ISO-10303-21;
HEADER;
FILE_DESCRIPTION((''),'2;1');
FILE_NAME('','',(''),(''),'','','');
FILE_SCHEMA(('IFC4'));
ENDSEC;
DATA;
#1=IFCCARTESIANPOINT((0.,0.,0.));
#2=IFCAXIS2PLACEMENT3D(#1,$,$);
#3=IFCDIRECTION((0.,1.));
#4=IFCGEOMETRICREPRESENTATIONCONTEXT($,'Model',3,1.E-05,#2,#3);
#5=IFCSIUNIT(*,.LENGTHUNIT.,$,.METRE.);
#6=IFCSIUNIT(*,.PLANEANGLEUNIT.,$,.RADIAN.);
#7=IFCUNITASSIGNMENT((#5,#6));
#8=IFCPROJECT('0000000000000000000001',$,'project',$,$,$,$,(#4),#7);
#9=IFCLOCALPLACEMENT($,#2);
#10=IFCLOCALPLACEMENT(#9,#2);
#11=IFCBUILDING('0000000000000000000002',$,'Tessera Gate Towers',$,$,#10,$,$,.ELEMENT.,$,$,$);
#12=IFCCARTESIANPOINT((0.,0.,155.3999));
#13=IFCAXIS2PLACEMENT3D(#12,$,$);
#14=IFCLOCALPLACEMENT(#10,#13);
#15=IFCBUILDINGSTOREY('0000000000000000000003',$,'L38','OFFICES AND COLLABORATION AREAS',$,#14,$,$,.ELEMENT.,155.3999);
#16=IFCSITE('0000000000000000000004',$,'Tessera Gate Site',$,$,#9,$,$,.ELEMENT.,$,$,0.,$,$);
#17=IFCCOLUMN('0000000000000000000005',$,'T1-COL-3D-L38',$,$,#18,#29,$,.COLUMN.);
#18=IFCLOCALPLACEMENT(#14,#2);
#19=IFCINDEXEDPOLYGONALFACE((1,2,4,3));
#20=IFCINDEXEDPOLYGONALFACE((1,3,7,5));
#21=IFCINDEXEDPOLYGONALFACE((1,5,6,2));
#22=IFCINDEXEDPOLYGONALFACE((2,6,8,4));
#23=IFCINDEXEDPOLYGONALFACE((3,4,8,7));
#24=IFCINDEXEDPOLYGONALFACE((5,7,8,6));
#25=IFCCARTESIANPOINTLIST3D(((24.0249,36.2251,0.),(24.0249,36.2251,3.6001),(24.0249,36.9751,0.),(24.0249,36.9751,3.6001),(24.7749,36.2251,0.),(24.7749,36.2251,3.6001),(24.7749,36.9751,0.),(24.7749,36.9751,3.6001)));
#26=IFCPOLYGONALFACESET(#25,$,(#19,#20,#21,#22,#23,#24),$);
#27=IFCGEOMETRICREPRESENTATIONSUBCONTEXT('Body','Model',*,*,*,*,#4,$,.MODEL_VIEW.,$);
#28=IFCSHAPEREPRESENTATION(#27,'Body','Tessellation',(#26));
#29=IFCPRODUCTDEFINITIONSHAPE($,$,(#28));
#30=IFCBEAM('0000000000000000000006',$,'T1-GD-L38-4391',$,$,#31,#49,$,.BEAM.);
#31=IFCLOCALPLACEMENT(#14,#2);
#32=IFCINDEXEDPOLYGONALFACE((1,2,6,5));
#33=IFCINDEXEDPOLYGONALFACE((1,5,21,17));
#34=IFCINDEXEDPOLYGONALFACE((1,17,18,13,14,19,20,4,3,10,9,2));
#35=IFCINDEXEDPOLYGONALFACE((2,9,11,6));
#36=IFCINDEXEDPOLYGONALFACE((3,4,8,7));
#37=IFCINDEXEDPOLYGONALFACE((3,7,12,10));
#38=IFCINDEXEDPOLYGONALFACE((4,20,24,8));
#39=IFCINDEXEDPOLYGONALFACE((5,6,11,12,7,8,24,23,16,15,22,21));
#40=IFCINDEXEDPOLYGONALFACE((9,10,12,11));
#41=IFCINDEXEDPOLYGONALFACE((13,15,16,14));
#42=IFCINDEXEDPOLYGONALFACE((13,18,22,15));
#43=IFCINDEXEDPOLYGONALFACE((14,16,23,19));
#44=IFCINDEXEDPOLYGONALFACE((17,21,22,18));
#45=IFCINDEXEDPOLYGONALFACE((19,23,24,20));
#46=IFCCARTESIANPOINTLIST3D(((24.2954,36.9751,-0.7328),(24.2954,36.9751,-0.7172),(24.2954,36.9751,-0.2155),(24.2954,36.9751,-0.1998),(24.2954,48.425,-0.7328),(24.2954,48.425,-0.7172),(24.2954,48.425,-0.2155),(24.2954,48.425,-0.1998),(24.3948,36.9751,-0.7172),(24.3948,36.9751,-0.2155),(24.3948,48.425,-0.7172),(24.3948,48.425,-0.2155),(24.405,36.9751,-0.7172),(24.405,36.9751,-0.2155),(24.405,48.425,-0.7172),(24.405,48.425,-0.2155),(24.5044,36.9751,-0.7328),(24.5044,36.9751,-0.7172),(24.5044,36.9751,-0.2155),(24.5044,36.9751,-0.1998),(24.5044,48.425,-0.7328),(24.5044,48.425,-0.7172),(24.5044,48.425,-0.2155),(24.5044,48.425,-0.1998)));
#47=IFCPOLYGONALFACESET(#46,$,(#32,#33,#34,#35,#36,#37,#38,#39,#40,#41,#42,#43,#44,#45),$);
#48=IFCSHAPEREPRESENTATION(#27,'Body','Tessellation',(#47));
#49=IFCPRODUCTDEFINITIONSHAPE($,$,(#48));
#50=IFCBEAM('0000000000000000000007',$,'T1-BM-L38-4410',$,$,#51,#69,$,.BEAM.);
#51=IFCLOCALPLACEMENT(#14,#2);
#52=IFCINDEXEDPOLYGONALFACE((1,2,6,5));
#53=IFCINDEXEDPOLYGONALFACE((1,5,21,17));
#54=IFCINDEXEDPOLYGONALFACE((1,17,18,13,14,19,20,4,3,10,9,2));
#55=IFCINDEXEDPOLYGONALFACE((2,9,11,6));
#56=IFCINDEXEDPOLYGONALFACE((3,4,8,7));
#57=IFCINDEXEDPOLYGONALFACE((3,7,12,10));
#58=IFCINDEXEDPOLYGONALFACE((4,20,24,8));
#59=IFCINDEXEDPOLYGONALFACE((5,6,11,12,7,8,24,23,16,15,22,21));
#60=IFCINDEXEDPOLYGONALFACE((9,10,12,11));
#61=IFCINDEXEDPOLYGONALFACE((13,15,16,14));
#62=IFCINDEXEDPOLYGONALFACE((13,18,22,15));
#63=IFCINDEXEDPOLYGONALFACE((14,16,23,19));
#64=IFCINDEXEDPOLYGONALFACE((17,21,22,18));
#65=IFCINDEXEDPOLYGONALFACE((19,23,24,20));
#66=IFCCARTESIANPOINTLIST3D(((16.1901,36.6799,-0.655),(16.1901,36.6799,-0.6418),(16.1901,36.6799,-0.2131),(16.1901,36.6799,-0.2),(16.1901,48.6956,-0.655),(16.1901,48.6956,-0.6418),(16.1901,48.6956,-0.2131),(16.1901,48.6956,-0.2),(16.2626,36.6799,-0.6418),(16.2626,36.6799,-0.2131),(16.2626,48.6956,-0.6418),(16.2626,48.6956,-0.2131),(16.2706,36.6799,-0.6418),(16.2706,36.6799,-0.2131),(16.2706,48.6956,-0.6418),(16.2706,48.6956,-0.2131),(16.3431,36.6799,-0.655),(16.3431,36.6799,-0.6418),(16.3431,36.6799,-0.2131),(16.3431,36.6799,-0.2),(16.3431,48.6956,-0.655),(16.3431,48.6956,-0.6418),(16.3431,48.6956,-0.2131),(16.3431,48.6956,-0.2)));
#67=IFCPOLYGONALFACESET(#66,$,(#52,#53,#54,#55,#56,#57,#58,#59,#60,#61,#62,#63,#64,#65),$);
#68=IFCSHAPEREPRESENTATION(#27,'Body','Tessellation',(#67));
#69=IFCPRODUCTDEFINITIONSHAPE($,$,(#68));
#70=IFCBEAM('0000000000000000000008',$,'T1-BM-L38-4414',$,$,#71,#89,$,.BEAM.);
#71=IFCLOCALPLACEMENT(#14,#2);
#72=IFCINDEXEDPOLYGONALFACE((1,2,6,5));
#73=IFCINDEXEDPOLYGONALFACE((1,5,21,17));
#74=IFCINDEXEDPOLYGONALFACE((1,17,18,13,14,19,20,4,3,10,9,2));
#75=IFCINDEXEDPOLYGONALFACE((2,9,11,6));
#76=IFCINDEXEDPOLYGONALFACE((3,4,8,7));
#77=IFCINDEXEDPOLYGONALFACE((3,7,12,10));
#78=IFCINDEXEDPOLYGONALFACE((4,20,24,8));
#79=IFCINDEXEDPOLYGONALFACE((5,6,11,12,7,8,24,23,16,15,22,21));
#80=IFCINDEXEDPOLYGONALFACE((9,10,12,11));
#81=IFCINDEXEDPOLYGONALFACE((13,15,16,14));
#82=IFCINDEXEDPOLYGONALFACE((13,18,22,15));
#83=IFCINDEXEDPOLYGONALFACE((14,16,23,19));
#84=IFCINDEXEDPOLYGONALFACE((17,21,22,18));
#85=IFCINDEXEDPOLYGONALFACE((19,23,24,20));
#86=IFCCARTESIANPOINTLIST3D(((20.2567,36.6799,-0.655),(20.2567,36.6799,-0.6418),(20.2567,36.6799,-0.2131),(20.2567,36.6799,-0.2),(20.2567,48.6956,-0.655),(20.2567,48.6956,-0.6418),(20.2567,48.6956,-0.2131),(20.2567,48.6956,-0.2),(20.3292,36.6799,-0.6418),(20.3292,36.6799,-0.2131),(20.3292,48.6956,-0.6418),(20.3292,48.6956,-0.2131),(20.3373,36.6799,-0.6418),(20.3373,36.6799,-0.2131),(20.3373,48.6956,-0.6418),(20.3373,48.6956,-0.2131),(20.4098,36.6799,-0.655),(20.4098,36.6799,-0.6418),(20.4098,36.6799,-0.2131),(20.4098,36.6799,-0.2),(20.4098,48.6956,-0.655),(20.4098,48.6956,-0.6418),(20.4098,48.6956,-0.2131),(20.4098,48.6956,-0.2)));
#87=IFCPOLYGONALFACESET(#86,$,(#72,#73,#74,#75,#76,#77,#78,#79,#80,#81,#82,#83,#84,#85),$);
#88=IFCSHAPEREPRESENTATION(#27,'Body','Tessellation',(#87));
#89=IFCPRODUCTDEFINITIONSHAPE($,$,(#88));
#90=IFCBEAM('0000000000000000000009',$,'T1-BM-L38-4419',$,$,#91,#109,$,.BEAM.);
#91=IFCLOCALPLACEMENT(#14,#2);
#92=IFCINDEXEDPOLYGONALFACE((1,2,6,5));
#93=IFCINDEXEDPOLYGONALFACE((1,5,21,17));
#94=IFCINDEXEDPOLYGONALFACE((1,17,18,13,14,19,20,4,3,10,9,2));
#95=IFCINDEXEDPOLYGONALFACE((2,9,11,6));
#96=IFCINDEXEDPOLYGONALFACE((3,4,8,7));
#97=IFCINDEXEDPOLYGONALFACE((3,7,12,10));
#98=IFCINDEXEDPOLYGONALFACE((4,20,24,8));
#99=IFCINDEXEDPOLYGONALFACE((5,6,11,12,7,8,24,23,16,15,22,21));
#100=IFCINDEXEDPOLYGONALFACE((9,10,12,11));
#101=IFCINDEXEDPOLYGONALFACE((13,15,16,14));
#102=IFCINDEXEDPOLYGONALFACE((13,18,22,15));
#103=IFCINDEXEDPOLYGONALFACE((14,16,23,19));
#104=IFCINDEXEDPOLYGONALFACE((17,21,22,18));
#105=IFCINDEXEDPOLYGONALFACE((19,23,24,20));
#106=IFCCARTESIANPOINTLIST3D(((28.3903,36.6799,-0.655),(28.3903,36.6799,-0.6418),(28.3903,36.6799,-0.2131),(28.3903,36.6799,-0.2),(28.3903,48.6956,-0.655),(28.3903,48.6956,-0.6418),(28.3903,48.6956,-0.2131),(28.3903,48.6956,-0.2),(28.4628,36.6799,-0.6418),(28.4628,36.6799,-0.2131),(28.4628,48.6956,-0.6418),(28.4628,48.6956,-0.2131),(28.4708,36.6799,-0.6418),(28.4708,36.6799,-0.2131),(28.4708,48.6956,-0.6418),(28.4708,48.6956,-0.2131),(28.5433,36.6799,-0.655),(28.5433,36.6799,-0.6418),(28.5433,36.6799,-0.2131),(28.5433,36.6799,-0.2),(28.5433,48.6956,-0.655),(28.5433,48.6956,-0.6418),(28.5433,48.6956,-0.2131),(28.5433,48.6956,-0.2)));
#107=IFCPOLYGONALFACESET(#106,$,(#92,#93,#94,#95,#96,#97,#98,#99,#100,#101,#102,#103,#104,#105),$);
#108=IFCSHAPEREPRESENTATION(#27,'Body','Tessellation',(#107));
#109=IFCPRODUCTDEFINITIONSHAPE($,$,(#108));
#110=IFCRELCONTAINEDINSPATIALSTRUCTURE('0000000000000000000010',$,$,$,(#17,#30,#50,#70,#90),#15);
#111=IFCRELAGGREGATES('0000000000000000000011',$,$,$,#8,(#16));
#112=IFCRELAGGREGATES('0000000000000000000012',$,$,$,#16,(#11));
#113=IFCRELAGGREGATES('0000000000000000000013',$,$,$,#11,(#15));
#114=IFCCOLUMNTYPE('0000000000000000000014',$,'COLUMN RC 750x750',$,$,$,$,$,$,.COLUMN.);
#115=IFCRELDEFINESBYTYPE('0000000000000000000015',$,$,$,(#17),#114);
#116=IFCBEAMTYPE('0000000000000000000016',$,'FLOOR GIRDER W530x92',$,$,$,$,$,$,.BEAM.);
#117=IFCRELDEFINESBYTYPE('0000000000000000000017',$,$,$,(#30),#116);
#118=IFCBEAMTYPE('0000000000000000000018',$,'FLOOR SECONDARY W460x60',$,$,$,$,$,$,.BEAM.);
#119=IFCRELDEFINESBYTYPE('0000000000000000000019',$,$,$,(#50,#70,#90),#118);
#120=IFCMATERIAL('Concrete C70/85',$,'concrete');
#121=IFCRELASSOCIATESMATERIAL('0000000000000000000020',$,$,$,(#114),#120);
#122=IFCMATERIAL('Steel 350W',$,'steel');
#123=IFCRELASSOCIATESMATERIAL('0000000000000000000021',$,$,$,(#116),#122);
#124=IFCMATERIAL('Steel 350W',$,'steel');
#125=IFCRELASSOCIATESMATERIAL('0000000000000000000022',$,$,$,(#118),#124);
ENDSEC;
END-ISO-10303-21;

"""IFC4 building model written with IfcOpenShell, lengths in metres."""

from ifc_helpers import new_model, si_unit, direction, frame, origin, origin_2d, place, context, subcontext, project, spatial, rectangle, i_section, extrude, material, material_profile, profile_set, type_object, element, save


model = new_model("IFC4")

# Units and contexts
model_context = context("Model", 3, precision=1e-05, world=origin(), true_north=direction((0.0, 1.0)))
body_context = subcontext(model_context, "Body", "Model", "MODEL_VIEW")
ifc_project = project(units=[si_unit("LENGTHUNIT", "METRE"), si_unit("PLANEANGLEUNIT", "RADIAN")], contexts=[model_context])

# Site, building, storey
site_placement = place(None, origin())
site = spatial("IfcSite", under=ifc_project, at=site_placement, Name="Tessera Gate Site", CompositionType="ELEMENT", RefElevation=0.0)
building_placement = place(site_placement, origin())
building = spatial("IfcBuilding", under=site, at=building_placement, Name="Tessera Gate Towers", CompositionType="ELEMENT")
storey_placement = place(building_placement, frame((0.0, 0.0, 155.3999)))
storey = spatial("IfcBuildingStorey", under=building, at=storey_placement, Name="L38", Description="OFFICES AND COLLABORATION AREAS", CompositionType="ELEMENT", Elevation=155.3999)

# Column
ifc_material_1 = material(Name="Concrete C70/85", Category="concrete")
ifc_material_profile_1 = material_profile(ifc_material_1, rectangle(XDim=0.75, YDim=0.75, at=origin_2d()), Name="RC 750x750")
ifc_profile_set_1 = profile_set([ifc_material_profile_1], Name="Concrete C70/85")
column_type = type_object("IfcColumnType", Name="COLUMN RC 750x750", PredefinedType="COLUMN", material=ifc_profile_set_1)
column_placement = place(storey_placement, frame((24.3999, 36.6001, 0.0), z_axis=(0.0, 0.0, 1.0), x_axis=(1.0, 0.0, 0.0)))
element("IfcColumn", 1, at=column_placement, inside=storey, type_object=column_type, Name="T1-COL-3D-L38", PredefinedType="COLUMN", context=body_context, shape_type="SweptSolid", body=[
    extrude(rectangle(XDim=0.75, YDim=0.75, at=origin_2d()), origin(), (0.0, 0.0, 1.0), 3.6001),
])

# Beams
ifc_material_2 = material(Name="Steel 350W", Category="steel")
ifc_material_profile_2 = material_profile(ifc_material_2, i_section(OverallWidth=0.209, OverallDepth=0.533, WebThickness=0.0103, FlangeThickness=0.0156, at=origin_2d()), Name="W530x92")
ifc_profile_set_2 = profile_set([ifc_material_profile_2], Name="Steel 350W")
beam_type_1 = type_object("IfcBeamType", Name="FLOOR GIRDER W530x92", PredefinedType="BEAM", material=ifc_profile_set_2)
beam_placement = place(storey_placement, frame((24.3999, 36.9751, -0.4663), z_axis=(0.0, 1.0, 0.0), x_axis=(-1.0, 0.0, 0.0)))
element("IfcBeam", 2, at=beam_placement, inside=storey, type_object=beam_type_1, Name="T1-GD-L38-4391", PredefinedType="BEAM", context=body_context, shape_type="SweptSolid", body=[
    extrude(i_section(OverallWidth=0.209, OverallDepth=0.533, WebThickness=0.0103, FlangeThickness=0.0156, at=origin_2d()), origin(), (0.0, 0.0, 1.0), 11.45),
])
ifc_material_3 = material(Name="Steel 350W", Category="steel")
ifc_material_profile_3 = material_profile(ifc_material_3, i_section(OverallWidth=0.1531, OverallDepth=0.4551, WebThickness=0.0081, FlangeThickness=0.0132, at=origin_2d()), Name="W460x60")
ifc_profile_set_3 = profile_set([ifc_material_profile_3], Name="Steel 350W")
beam_type_2 = type_object("IfcBeamType", Name="FLOOR SECONDARY W460x60", PredefinedType="BEAM", material=ifc_profile_set_3)
for number, where, z_axis, x_axis, name in (
    (3, (16.2666, 36.6799, -0.4275), (0.0, 1.0, 0.0), (-1.0, 0.0, 0.0), "T1-BM-L38-4410"),
    (4, (20.3333, 36.6799, -0.4275), (0.0, 1.0, 0.0), (-1.0, 0.0, 0.0), "T1-BM-L38-4414"),
    (5, (28.4668, 36.6799, -0.4275), (0.0, 1.0, 0.0), (-1.0, 0.0, 0.0), "T1-BM-L38-4419"),
):
    element("IfcBeam", number, at=place(storey_placement, frame(where, z_axis=z_axis, x_axis=x_axis)), inside=storey, type_object=beam_type_2, Name=name, PredefinedType="BEAM", context=body_context, shape_type="SweptSolid", body=[
        extrude(i_section(OverallWidth=0.1531, OverallDepth=0.4551, WebThickness=0.0081, FlangeThickness=0.0132, at=origin_2d()), origin(), (0.0, 0.0, 1.0), 12.0156),
    ])

save(model, "model.ifc")
